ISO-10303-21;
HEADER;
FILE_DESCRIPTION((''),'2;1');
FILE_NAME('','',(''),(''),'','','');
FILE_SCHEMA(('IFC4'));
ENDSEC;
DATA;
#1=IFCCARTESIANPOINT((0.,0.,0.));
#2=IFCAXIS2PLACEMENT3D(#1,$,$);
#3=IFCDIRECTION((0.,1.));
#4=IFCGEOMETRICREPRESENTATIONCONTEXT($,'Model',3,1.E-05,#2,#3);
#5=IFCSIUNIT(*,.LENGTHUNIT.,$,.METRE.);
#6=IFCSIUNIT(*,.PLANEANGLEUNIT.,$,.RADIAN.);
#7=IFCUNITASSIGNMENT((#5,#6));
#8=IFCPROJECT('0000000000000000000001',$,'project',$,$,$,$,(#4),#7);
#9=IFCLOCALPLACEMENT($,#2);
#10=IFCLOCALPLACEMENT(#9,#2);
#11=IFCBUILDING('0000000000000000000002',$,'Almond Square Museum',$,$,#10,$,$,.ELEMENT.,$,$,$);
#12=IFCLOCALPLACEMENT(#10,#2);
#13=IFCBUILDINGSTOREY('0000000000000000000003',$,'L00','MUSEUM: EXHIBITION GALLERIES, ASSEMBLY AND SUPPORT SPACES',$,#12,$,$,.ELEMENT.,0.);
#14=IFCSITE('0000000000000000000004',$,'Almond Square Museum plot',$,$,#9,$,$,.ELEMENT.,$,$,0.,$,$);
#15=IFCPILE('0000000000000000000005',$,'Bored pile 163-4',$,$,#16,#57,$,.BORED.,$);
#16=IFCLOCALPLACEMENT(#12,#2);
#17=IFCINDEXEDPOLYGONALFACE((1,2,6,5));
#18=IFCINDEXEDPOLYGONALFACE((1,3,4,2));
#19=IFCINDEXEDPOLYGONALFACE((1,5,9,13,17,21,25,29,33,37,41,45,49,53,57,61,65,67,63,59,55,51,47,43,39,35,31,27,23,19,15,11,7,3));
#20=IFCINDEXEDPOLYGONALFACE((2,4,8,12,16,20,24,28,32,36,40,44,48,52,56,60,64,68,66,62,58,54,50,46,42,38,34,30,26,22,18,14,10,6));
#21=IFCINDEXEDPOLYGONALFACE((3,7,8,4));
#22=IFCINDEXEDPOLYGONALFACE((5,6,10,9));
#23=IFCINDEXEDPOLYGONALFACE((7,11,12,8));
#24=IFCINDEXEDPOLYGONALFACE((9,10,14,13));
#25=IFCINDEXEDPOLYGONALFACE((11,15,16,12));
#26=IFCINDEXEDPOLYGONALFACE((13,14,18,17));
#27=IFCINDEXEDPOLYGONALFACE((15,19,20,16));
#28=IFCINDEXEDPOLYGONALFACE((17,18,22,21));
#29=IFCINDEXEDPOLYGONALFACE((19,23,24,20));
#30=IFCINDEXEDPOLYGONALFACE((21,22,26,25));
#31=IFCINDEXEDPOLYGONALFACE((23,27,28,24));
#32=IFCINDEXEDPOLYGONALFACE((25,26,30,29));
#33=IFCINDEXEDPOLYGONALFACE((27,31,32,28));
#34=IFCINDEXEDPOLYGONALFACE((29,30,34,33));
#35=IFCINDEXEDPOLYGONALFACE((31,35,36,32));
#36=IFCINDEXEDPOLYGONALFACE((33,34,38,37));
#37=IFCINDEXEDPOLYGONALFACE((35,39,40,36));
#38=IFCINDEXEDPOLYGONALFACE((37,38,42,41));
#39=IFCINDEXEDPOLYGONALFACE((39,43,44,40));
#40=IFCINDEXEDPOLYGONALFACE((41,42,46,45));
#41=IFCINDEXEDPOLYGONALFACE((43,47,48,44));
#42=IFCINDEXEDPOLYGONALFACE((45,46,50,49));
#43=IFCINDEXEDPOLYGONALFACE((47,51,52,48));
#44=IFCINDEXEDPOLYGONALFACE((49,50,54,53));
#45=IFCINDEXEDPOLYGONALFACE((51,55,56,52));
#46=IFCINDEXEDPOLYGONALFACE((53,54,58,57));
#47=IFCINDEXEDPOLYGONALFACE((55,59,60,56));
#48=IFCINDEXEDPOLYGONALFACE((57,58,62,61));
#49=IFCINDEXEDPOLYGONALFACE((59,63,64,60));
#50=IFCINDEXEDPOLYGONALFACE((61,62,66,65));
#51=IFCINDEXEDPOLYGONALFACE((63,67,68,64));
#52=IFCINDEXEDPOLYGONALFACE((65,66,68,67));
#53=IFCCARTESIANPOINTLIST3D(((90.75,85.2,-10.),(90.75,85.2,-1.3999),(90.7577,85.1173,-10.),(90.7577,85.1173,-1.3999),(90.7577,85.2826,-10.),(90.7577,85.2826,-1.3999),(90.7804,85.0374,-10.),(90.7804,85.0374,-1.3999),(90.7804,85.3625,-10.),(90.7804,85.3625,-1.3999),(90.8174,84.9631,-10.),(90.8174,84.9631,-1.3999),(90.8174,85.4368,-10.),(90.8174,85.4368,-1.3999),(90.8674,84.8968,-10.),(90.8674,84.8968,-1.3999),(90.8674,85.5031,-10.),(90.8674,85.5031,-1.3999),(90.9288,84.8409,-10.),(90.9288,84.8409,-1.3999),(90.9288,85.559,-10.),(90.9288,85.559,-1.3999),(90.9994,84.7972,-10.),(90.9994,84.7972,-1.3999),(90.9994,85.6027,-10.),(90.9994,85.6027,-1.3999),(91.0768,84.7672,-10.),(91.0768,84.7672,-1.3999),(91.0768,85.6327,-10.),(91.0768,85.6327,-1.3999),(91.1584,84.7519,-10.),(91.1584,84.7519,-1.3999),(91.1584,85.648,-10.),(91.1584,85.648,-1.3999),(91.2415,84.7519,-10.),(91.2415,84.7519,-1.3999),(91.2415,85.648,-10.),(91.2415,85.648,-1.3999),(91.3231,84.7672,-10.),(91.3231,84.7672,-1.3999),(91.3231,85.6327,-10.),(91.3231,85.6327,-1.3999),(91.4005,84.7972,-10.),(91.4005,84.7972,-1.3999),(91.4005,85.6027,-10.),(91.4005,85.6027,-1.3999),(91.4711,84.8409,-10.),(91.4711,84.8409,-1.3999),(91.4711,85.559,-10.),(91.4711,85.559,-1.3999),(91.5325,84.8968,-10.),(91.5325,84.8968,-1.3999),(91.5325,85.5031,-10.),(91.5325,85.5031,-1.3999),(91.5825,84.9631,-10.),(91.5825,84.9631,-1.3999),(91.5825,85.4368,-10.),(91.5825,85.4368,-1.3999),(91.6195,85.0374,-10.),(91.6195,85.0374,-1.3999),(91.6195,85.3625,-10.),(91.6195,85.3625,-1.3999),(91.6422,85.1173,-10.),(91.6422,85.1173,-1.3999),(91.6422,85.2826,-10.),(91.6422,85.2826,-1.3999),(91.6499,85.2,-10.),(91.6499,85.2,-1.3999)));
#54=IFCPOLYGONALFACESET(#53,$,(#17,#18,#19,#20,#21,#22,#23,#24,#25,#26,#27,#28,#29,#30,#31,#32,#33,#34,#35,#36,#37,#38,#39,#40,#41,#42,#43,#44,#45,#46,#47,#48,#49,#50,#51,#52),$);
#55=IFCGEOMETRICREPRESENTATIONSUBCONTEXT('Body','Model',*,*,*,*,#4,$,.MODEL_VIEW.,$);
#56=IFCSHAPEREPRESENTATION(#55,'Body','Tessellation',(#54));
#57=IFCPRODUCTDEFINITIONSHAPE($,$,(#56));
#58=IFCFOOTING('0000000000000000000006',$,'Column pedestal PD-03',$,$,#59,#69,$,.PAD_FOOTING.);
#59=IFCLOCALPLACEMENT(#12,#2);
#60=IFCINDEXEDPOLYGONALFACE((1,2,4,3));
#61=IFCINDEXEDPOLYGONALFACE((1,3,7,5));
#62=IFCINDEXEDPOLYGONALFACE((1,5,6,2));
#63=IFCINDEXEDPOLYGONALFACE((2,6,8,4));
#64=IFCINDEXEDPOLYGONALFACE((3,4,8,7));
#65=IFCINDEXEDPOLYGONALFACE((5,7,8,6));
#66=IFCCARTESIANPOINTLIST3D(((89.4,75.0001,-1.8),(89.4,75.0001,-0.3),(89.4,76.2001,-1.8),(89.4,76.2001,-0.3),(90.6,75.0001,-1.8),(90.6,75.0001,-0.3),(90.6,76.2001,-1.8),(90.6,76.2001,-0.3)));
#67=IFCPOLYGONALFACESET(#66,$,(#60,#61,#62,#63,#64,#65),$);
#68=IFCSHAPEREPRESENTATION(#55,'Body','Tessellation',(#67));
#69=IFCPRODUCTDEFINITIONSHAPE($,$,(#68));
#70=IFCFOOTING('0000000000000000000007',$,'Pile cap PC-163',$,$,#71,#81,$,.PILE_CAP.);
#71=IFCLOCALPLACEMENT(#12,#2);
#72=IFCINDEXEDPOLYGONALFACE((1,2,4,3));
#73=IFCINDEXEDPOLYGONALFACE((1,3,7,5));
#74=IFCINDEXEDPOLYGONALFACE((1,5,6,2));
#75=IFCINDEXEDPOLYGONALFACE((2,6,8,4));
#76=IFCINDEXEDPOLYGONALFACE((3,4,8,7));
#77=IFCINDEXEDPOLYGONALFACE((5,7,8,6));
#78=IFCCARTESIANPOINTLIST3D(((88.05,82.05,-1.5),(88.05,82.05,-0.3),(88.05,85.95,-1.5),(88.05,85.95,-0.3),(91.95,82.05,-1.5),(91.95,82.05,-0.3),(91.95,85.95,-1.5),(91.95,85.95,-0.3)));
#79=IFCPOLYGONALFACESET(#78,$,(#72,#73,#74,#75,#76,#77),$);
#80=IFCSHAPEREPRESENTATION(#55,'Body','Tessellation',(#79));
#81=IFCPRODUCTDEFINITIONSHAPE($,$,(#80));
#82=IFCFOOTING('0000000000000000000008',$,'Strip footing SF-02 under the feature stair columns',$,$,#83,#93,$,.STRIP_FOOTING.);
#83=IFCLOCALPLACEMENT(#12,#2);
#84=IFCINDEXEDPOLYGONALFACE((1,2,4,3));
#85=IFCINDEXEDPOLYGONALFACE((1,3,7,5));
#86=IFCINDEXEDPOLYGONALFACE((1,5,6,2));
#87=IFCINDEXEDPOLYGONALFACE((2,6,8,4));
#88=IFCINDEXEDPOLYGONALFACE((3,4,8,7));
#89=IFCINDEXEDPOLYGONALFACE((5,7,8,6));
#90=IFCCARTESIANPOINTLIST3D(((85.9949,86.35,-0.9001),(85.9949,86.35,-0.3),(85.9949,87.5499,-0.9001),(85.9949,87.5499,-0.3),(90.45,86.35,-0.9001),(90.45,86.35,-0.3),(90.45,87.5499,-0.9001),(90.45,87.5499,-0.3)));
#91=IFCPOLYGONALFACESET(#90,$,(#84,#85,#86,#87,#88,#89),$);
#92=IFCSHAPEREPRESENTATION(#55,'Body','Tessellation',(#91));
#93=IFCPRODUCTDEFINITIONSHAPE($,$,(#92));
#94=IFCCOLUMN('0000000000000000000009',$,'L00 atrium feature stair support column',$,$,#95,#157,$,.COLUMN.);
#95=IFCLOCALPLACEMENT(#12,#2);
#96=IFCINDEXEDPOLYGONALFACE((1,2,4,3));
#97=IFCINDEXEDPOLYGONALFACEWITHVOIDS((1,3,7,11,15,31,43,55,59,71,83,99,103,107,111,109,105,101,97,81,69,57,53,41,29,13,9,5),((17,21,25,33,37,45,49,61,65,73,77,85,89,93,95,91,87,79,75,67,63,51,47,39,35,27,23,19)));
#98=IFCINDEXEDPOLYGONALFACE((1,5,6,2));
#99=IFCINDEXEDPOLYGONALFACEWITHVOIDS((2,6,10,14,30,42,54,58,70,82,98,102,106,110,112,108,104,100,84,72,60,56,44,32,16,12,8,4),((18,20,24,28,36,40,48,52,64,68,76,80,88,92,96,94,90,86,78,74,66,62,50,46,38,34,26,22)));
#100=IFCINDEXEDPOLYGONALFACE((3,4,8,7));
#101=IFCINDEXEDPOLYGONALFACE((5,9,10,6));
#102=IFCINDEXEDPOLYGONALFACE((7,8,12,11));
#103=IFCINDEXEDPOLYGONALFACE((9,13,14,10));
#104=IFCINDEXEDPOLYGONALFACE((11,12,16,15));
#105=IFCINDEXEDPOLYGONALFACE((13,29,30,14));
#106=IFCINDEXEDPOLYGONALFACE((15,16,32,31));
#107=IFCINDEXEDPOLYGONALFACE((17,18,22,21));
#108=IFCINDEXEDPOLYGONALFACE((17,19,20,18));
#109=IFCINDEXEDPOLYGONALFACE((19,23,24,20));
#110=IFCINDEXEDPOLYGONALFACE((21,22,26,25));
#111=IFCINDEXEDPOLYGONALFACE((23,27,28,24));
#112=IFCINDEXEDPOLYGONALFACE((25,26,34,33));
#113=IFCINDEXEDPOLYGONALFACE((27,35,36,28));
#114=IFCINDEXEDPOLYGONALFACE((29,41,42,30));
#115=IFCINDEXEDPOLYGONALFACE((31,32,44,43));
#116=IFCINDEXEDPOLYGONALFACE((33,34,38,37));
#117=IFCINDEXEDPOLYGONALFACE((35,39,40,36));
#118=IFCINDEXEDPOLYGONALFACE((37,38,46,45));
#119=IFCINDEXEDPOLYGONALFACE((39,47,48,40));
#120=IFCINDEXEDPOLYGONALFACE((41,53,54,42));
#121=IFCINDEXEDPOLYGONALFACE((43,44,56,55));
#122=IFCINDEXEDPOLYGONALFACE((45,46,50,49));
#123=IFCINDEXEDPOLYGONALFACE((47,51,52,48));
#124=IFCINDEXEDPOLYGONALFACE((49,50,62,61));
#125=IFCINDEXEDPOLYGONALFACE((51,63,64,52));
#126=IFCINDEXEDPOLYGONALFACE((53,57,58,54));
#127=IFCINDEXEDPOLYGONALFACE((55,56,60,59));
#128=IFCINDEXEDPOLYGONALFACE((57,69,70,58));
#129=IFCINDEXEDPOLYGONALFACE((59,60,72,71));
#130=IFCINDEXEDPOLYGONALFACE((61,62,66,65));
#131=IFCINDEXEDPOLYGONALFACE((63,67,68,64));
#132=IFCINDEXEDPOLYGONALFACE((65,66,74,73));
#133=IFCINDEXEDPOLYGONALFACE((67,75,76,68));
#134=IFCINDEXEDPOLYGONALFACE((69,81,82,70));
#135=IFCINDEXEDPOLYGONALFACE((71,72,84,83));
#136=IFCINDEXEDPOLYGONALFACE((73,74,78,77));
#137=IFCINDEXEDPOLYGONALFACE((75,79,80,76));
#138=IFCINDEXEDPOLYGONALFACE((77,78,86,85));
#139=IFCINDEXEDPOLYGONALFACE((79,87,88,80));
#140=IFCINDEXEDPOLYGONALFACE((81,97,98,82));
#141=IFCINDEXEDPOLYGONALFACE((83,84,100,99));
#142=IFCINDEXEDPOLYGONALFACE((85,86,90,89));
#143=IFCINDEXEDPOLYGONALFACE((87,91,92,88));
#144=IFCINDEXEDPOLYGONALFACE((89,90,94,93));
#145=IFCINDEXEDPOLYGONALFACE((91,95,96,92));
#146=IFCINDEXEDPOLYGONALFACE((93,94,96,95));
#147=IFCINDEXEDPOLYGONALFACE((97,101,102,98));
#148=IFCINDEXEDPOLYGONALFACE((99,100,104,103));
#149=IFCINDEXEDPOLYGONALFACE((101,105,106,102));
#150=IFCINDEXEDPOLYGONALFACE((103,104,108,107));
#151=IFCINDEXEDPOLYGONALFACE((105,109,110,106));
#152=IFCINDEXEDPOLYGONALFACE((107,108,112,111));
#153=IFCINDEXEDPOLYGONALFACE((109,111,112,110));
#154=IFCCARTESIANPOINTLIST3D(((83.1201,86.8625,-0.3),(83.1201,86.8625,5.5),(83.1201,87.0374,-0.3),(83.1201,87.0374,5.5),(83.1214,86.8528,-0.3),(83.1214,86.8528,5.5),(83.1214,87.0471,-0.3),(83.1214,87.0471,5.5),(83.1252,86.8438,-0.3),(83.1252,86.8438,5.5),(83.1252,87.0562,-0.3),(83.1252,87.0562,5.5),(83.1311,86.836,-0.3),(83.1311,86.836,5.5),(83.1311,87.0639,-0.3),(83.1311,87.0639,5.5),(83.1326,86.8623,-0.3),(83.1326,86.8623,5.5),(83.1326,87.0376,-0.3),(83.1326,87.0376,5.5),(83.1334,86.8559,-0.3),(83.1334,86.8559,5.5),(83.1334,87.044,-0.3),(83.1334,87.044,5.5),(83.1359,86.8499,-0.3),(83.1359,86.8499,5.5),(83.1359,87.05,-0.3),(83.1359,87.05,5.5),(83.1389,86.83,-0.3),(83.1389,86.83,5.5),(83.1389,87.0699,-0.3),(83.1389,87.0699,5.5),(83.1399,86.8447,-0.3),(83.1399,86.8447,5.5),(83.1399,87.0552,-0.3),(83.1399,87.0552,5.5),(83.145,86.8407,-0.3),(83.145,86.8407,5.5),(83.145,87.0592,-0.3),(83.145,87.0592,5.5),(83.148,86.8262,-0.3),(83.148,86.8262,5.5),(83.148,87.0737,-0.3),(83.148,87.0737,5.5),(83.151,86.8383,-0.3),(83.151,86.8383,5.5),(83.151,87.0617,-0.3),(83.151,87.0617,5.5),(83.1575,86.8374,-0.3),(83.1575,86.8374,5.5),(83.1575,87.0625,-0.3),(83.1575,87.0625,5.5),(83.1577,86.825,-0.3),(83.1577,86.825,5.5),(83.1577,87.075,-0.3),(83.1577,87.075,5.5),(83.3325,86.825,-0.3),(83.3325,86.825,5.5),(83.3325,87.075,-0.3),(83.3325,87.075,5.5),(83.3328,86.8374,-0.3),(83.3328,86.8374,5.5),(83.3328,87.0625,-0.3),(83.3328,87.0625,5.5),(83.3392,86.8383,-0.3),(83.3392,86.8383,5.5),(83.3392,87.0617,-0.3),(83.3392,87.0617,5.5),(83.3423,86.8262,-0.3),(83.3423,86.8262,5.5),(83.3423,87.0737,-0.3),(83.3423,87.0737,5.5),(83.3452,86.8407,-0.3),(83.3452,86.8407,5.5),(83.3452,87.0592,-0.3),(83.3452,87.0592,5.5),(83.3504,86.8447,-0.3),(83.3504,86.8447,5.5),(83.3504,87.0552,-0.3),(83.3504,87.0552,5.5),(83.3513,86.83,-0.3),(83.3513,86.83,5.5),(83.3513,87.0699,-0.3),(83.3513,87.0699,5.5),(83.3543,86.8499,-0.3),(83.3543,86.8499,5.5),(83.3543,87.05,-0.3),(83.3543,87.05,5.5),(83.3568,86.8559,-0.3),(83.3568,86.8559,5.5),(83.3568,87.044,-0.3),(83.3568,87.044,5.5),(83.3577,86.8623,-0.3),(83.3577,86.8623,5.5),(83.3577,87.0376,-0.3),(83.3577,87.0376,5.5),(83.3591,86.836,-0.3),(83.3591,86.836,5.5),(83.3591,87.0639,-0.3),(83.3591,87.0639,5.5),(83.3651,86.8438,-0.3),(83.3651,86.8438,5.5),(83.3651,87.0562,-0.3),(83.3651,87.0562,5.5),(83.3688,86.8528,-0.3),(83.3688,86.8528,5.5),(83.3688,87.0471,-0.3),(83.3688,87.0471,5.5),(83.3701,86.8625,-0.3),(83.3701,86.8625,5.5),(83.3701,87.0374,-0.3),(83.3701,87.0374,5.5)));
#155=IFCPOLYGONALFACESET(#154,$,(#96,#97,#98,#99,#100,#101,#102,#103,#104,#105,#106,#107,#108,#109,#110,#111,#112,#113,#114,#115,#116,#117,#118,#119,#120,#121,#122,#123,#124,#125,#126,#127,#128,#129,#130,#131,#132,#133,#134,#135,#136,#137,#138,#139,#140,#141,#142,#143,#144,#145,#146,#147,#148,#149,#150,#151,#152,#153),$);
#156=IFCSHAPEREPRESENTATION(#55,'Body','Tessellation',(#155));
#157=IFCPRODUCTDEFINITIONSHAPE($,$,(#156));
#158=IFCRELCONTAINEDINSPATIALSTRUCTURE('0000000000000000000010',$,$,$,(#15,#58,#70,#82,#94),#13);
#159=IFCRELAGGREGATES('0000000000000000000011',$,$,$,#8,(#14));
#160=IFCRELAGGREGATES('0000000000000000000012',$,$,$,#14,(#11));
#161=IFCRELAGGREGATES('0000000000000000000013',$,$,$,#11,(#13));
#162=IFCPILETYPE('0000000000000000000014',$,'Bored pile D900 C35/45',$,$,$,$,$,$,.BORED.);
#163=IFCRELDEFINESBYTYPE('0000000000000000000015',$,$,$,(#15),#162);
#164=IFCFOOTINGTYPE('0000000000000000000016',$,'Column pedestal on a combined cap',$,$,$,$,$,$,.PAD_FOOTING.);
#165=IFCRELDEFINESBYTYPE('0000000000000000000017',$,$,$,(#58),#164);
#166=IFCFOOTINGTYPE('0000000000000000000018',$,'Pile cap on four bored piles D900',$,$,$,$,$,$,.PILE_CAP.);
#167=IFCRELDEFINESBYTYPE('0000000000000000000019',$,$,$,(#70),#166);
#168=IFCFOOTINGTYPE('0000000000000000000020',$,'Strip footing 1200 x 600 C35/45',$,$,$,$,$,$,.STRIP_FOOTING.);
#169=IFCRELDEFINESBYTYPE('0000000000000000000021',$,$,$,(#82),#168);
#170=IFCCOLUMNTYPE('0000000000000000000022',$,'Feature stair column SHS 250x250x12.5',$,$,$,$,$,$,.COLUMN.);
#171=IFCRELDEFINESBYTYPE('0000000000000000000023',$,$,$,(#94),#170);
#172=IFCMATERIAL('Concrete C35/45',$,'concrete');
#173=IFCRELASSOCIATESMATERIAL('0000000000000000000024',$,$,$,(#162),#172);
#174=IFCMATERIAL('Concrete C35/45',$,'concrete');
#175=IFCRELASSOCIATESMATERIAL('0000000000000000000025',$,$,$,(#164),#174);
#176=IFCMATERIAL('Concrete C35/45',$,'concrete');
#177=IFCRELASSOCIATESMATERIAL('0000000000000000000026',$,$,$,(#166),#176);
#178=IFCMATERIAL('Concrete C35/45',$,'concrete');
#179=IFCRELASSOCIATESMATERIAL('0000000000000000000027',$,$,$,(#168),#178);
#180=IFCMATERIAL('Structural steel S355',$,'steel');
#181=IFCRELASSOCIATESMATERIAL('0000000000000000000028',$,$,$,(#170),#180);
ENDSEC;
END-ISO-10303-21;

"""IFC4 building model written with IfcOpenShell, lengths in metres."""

from ifc_helpers import new_model, si_unit, direction, frame, origin, origin_2d, place, context, subcontext, project, spatial, rectangle, hollow_rectangle, circle, extrude, material, material_profile, profile_set, type_object, element, save


model = new_model("IFC4")

# Units and contexts
model_context = context("Model", 3, precision=1e-05, world=origin(), true_north=direction((0.0, 1.0)))
body_context = subcontext(model_context, "Body", "Model", "MODEL_VIEW")
ifc_project = project(units=[si_unit("LENGTHUNIT", "METRE"), si_unit("PLANEANGLEUNIT", "RADIAN")], contexts=[model_context])

# Site, building, storey
site_placement = place(None, origin())
site = spatial("IfcSite", under=ifc_project, at=site_placement, Name="Almond Square Museum plot", CompositionType="ELEMENT", RefElevation=0.0)
building_placement = place(site_placement, origin())
building = spatial("IfcBuilding", under=site, at=building_placement, Name="Almond Square Museum", CompositionType="ELEMENT")
storey_placement = place(building_placement, origin())
storey = spatial("IfcBuildingStorey", under=building, at=storey_placement, Name="L00", Description="MUSEUM: EXHIBITION GALLERIES, ASSEMBLY AND SUPPORT SPACES", CompositionType="ELEMENT", Elevation=0.0)

# Pile
ifc_material_1 = material(Name="Concrete C35/45", Category="concrete")
ifc_material_profile_1 = material_profile(ifc_material_1, circle(Radius=0.45, at=origin_2d()))
ifc_profile_set_1 = profile_set([ifc_material_profile_1], Name="Concrete C35/45")
pile_type = type_object("IfcPileType", Name="Bored pile D900 C35/45", PredefinedType="BORED", material=ifc_profile_set_1)
for number, where, z_axis, x_axis, name in (
    (1, (91.2, 85.2, -1.3999), (0.0, 0.0, -1.0), (1.0, 0.0, 0.0), "Bored pile 163-4"),
):
    element("IfcPile", number, at=place(storey_placement, frame(where, z_axis=z_axis, x_axis=x_axis)), inside=storey, type_object=pile_type, Name=name, PredefinedType="BORED", context=body_context, shape_type="SweptSolid", body=[
        extrude(circle(Radius=0.45, at=origin_2d()), origin(), (0.0, 0.0, 1.0), 8.6001),
    ])

# Footings
ifc_material_2 = material(Name="Concrete C35/45", Category="concrete")
footing_type_1 = type_object("IfcFootingType", Name="Column pedestal on a combined cap", PredefinedType="PAD_FOOTING", material=ifc_material_2)
footing_1_placement = place(storey_placement, frame((90.0, 75.6001, -1.8), z_axis=(0.0, 0.0, 1.0), x_axis=(1.0, 0.0, 0.0)))
element("IfcFooting", 2, at=footing_1_placement, inside=storey, type_object=footing_type_1, Name="Column pedestal PD-03", PredefinedType="PAD_FOOTING", context=body_context, shape_type="SweptSolid", body=[
    extrude(rectangle(XDim=1.2, YDim=1.2, at=origin_2d()), origin(), (0.0, 0.0, 1.0), 1.5),
])
ifc_material_3 = material(Name="Concrete C35/45", Category="concrete")
footing_type_2 = type_object("IfcFootingType", Name="Pile cap on four bored piles D900", PredefinedType="PILE_CAP", material=ifc_material_3)
footing_2_placement = place(storey_placement, frame((90.0, 84.0, -1.5), z_axis=(0.0, 0.0, 1.0), x_axis=(1.0, 0.0, 0.0)))
element("IfcFooting", 3, at=footing_2_placement, inside=storey, type_object=footing_type_2, Name="Pile cap PC-163", PredefinedType="PILE_CAP", context=body_context, shape_type="SweptSolid", body=[
    extrude(rectangle(XDim=3.8999, YDim=3.8999, at=origin_2d()), origin(), (0.0, 0.0, 1.0), 1.2),
])
ifc_material_4 = material(Name="Concrete C35/45", Category="concrete")
footing_type_3 = type_object("IfcFootingType", Name="Strip footing 1200 x 600 C35/45", PredefinedType="STRIP_FOOTING", material=ifc_material_4)
footing_3_placement = place(storey_placement, frame((88.2224, 86.95, -0.9001), z_axis=(0.0, 0.0, 1.0), x_axis=(1.0, 0.0, 0.0)))
element("IfcFooting", 4, at=footing_3_placement, inside=storey, type_object=footing_type_3, Name="Strip footing SF-02 under the feature stair columns", PredefinedType="STRIP_FOOTING", context=body_context, shape_type="SweptSolid", body=[
    extrude(rectangle(XDim=4.4551, YDim=1.2, at=origin_2d()), origin(), (0.0, 0.0, 1.0), 0.6001),
])

# Column
ifc_material_5 = material(Name="Structural steel S355", Category="steel")
ifc_material_profile_2 = material_profile(ifc_material_5, hollow_rectangle(XDim=0.25, YDim=0.25, WallThickness=0.0125, InnerFilletRadius=0.0249, OuterFilletRadius=0.0376, at=origin_2d()))
ifc_profile_set_2 = profile_set([ifc_material_profile_2], Name="Structural steel S355")
column_type_1 = type_object("IfcColumnType", Name="Feature stair column SHS 250x250x12.5", PredefinedType="COLUMN", material=ifc_profile_set_2)
for number, where, z_axis, x_axis, name in (
    (5, (83.2451, 86.95, -0.3), (0.0, 0.0, 1.0), (1.0, 0.0, 0.0), "L00 atrium feature stair support column"),
):
    element("IfcColumn", number, at=place(storey_placement, frame(where, z_axis=z_axis, x_axis=x_axis)), inside=storey, type_object=column_type_1, Name=name, PredefinedType="COLUMN", context=body_context, shape_type="SweptSolid", body=[
        extrude(hollow_rectangle(XDim=0.25, YDim=0.25, WallThickness=0.0125, InnerFilletRadius=0.0249, OuterFilletRadius=0.0376, at=origin_2d()), origin(), (0.0, 0.0, 1.0), 5.8),
    ])

save(model, "model.ifc")
